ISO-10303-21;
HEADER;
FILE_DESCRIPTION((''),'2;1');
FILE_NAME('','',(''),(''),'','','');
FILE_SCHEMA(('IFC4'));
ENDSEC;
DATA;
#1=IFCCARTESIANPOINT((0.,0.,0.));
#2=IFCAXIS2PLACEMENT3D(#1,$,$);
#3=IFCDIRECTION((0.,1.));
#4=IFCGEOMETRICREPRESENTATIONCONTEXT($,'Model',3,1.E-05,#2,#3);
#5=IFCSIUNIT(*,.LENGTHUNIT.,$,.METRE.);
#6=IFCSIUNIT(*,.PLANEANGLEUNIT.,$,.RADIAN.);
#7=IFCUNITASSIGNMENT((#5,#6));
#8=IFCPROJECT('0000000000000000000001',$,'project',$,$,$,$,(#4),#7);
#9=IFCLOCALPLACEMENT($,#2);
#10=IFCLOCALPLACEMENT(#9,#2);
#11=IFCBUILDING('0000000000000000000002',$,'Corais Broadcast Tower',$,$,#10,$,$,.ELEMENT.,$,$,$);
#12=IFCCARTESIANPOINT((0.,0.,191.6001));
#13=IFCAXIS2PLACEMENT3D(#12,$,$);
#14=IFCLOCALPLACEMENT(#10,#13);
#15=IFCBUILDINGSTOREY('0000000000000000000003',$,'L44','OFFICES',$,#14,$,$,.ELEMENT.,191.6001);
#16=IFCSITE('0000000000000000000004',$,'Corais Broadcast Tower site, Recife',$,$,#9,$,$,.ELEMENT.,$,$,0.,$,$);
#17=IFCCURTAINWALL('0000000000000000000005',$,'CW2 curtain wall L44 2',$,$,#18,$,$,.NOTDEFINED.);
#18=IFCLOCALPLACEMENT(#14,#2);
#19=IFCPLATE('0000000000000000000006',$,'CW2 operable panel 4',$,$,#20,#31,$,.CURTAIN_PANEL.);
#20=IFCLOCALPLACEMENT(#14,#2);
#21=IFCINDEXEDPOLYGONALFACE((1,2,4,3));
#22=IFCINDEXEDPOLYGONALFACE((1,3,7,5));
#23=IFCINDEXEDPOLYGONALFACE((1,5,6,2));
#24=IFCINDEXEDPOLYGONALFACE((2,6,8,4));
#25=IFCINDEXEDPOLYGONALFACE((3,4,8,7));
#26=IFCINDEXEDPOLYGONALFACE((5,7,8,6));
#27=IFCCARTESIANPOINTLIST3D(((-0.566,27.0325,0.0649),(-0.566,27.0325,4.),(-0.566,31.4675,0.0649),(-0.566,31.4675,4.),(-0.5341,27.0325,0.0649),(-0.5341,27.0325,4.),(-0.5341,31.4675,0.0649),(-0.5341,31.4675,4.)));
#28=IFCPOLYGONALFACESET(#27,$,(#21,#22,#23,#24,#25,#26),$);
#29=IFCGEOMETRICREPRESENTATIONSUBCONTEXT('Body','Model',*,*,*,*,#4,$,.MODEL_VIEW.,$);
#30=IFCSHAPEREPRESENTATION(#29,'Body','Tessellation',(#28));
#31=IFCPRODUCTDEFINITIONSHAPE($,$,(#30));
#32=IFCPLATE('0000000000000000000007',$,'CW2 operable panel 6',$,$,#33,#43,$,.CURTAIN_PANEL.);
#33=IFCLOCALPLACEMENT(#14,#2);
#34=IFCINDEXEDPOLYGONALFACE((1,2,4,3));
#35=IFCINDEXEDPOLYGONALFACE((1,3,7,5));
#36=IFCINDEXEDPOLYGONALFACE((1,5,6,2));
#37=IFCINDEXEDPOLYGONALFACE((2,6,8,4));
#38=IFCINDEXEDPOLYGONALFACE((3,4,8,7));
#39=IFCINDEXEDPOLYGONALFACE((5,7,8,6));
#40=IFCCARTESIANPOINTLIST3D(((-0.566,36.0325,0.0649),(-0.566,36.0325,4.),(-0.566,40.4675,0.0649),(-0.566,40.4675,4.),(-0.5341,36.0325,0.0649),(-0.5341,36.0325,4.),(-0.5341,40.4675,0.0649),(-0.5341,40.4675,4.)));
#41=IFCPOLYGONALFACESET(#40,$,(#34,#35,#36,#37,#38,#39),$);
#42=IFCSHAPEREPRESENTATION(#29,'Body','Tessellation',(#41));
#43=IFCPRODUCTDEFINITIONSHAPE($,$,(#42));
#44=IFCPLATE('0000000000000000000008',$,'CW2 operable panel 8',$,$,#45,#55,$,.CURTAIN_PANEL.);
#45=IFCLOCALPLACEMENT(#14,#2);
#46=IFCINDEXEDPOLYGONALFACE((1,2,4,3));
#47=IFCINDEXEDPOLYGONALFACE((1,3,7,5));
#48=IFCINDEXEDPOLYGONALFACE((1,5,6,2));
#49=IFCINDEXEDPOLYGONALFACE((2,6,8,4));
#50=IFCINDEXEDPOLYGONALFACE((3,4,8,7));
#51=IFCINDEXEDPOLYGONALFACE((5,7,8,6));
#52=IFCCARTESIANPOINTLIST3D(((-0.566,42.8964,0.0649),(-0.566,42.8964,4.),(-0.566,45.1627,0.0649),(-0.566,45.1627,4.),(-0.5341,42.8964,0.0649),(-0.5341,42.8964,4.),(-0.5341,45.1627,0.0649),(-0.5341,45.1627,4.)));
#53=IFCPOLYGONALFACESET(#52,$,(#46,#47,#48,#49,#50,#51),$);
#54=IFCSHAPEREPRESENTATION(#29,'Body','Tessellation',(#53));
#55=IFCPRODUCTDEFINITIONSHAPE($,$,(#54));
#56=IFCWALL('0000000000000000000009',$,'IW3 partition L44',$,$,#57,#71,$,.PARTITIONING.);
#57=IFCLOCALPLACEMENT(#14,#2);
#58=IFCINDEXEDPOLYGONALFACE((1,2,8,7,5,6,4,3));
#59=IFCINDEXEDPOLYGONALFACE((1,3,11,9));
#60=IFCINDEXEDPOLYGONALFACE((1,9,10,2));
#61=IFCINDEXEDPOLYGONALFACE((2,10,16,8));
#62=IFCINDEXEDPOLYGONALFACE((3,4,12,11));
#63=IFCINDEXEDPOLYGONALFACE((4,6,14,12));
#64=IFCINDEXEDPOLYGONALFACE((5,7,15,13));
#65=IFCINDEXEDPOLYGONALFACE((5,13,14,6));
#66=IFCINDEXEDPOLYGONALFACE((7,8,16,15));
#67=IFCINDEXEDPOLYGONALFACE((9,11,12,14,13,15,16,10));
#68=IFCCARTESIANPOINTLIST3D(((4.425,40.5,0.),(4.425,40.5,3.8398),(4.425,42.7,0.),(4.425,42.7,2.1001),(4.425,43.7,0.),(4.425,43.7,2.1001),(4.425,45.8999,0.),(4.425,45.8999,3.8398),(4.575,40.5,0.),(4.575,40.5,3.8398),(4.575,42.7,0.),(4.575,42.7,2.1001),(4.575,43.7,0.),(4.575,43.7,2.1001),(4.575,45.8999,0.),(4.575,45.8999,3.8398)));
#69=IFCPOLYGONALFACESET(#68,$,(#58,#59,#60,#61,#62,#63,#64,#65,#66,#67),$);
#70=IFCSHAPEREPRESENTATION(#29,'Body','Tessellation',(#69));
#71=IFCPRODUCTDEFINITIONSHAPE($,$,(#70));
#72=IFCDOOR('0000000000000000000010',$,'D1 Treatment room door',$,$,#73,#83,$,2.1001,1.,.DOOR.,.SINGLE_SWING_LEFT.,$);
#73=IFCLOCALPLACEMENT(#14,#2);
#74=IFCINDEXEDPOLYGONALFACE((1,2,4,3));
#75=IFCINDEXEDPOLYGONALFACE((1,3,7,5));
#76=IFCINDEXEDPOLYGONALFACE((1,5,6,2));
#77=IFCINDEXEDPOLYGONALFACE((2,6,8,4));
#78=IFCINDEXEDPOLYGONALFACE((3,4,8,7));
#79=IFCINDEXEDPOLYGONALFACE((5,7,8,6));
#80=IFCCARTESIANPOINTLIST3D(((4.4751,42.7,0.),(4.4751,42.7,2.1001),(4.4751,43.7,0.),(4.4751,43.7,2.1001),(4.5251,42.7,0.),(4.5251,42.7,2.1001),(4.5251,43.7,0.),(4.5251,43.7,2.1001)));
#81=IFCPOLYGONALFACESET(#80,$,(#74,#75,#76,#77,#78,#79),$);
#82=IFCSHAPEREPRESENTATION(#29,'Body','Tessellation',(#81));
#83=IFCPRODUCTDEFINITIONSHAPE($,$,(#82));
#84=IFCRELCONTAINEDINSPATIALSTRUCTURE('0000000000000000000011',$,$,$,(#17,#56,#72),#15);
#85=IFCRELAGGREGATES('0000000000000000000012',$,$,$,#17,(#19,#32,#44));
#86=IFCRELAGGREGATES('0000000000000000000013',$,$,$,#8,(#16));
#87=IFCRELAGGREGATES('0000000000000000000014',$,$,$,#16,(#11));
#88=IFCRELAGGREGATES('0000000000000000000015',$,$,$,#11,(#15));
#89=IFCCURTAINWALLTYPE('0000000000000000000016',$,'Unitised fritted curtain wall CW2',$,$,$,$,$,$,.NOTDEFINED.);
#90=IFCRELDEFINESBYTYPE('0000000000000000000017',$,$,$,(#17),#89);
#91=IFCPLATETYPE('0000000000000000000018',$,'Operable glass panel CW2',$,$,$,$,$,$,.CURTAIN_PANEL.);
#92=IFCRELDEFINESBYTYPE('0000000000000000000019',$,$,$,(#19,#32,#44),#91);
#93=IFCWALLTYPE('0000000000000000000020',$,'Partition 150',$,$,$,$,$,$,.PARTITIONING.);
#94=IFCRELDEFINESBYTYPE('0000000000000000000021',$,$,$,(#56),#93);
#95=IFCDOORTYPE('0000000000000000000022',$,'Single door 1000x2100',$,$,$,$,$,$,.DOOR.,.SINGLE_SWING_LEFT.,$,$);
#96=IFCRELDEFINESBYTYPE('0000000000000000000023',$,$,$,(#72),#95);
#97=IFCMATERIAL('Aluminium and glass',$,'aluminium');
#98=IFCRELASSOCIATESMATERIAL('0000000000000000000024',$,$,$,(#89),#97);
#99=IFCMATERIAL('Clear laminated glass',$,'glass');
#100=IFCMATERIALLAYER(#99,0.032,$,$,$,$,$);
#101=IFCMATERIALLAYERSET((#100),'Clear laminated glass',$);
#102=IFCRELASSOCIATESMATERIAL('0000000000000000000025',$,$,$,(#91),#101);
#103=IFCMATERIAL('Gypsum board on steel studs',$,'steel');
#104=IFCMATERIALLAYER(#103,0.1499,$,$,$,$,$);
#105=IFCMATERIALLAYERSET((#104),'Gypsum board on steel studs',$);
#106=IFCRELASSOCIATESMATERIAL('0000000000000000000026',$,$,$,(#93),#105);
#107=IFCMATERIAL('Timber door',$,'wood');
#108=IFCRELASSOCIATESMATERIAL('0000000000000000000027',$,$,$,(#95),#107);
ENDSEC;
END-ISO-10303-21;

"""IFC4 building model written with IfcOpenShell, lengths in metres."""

from ifc_helpers import new_model, si_unit, direction, frame, frame_2d, origin, origin_2d, place, context, subcontext, project, spatial, rectangle, extrude, material, layer, layer_set, type_object, element, fill, aggregate, save


model = new_model("IFC4")

# Units and contexts
model_context = context("Model", 3, precision=1e-05, world=origin(), true_north=direction((0.0, 1.0)))
body_context = subcontext(model_context, "Body", "Model", "MODEL_VIEW")
ifc_project = project(units=[si_unit("LENGTHUNIT", "METRE"), si_unit("PLANEANGLEUNIT", "RADIAN")], contexts=[model_context])

# Site, building, storey
site_placement = place(None, origin())
site = spatial("IfcSite", under=ifc_project, at=site_placement, Name="Corais Broadcast Tower site, Recife", CompositionType="ELEMENT", RefElevation=0.0)
building_placement = place(site_placement, origin())
building = spatial("IfcBuilding", under=site, at=building_placement, Name="Corais Broadcast Tower", CompositionType="ELEMENT")
storey_placement = place(building_placement, frame((0.0, 0.0, 191.6001)))
storey = spatial("IfcBuildingStorey", under=building, at=storey_placement, Name="L44", Description="OFFICES", CompositionType="ELEMENT", Elevation=191.6001)

# Curtain wall
ifc_material_1 = material(Name="Aluminium and glass", Category="aluminium")
curtain_wall_type = type_object("IfcCurtainWallType", Name="Unitised fritted curtain wall CW2", PredefinedType="NOTDEFINED", material=ifc_material_1)
curtain_wall_placement = place(storey_placement, origin())
curtain_wall = element("IfcCurtainWall", 1, at=curtain_wall_placement, inside=storey, type_object=curtain_wall_type, Name="CW2 curtain wall L44 2", PredefinedType="NOTDEFINED")

# Plates
ifc_material_2 = material(Name="Clear laminated glass", Category="glass")
ifc_layer_1 = layer(ifc_material_2, 0.032)
ifc_layer_set_1 = layer_set([ifc_layer_1], Name="Clear laminated glass")
plate_type_1 = type_object("IfcPlateType", Name="Operable glass panel CW2", PredefinedType="CURTAIN_PANEL", material=ifc_layer_set_1)
plate_1_placement = place(storey_placement, frame((-0.55, 29.25, 0.0649), z_axis=(0.0, 0.0, 1.0), x_axis=(0.0, 1.0, 0.0)))
plate_1 = element("IfcPlate", 2, at=plate_1_placement, type_object=plate_type_1, Name="CW2 operable panel 4", PredefinedType="CURTAIN_PANEL", context=body_context, shape_type="SweptSolid", body=[
    extrude(rectangle(XDim=4.4351, YDim=0.032, at=origin_2d()), origin(), (0.0, 0.0, 1.0), 3.9351),
])
plate_2_placement = place(storey_placement, frame((-0.55, 38.25, 0.0649), z_axis=(0.0, 0.0, 1.0), x_axis=(0.0, 1.0, 0.0)))
plate_2 = element("IfcPlate", 3, at=plate_2_placement, type_object=plate_type_1, Name="CW2 operable panel 6", PredefinedType="CURTAIN_PANEL", context=body_context, shape_type="SweptSolid", body=[
    extrude(rectangle(XDim=4.4351, YDim=0.032, at=origin_2d()), origin(), (0.0, 0.0, 1.0), 3.9351),
])
plate_3_placement = place(storey_placement, frame((-0.55, 44.0295, 0.0649), z_axis=(0.0, 0.0, 1.0), x_axis=(0.0, 1.0, 0.0)))
plate_3 = element("IfcPlate", 4, at=plate_3_placement, type_object=plate_type_1, Name="CW2 operable panel 8", PredefinedType="CURTAIN_PANEL", context=body_context, shape_type="SweptSolid", body=[
    extrude(rectangle(XDim=2.2664, YDim=0.032, at=origin_2d()), origin(), (0.0, 0.0, 1.0), 3.9351),
])
aggregate(curtain_wall, [plate_1, plate_2, plate_3])

# Wall, opening, door
ifc_material_3 = material(Name="Gypsum board on steel studs", Category="steel")
ifc_layer_2 = layer(ifc_material_3, 0.1499)
ifc_layer_set_2 = layer_set([ifc_layer_2], Name="Gypsum board on steel studs")
wall_type = type_object("IfcWallType", Name="Partition 150", PredefinedType="PARTITIONING", material=ifc_layer_set_2)
wall_placement = place(storey_placement, frame((4.5, 40.5, 0.0), z_axis=(0.0, 0.0, 1.0), x_axis=(0.0, 1.0, 0.0)))
wall = element("IfcWall", 5, at=wall_placement, inside=storey, type_object=wall_type, Name="IW3 partition L44", PredefinedType="PARTITIONING", context=body_context, shape_type="SweptSolid", body=[
    extrude(rectangle(XDim=5.3999, YDim=0.1499, at=frame_2d((2.7, 0.0))), origin(), (0.0, 0.0, 1.0), 3.8398),
])
opening_placement = place(wall_placement, frame((2.2, 0.0, 0.0)))
opening = element("IfcOpeningElement", 6, at=opening_placement, cuts=wall, PredefinedType="OPENING", context=body_context, shape_type="SweptSolid", body=[
    extrude(rectangle(XDim=1.0, YDim=2.1001, at=frame_2d((0.5, 1.05))), frame((0.0, 0.085, 0.0), z_axis=(0.0, -1.0, 0.0), x_axis=(1.0, 0.0, 0.0)), (0.0, 0.0, 1.0), 0.1699),
])
ifc_material_4 = material(Name="Timber door", Category="wood")
door_type = type_object("IfcDoorType", Name="Single door 1000x2100", OperationType="SINGLE_SWING_LEFT", PredefinedType="DOOR", material=ifc_material_4)
door_placement = place(opening_placement, origin())
door = element("IfcDoor", 7, at=door_placement, inside=storey, type_object=door_type, Name="D1 Treatment room door", OperationType="SINGLE_SWING_LEFT", OverallHeight=2.1001, OverallWidth=1.0, PredefinedType="DOOR", context=body_context, shape_type="SweptSolid", body=[
    extrude(rectangle(XDim=1.0, YDim=2.1001, at=frame_2d((0.5, 1.05))), frame((0.0, 0.0249, 0.0), z_axis=(0.0, -1.0, 0.0), x_axis=(1.0, 0.0, 0.0)), (0.0, 0.0, 1.0), 0.05),
])
fill(opening, door)

save(model, "model.ifc")
